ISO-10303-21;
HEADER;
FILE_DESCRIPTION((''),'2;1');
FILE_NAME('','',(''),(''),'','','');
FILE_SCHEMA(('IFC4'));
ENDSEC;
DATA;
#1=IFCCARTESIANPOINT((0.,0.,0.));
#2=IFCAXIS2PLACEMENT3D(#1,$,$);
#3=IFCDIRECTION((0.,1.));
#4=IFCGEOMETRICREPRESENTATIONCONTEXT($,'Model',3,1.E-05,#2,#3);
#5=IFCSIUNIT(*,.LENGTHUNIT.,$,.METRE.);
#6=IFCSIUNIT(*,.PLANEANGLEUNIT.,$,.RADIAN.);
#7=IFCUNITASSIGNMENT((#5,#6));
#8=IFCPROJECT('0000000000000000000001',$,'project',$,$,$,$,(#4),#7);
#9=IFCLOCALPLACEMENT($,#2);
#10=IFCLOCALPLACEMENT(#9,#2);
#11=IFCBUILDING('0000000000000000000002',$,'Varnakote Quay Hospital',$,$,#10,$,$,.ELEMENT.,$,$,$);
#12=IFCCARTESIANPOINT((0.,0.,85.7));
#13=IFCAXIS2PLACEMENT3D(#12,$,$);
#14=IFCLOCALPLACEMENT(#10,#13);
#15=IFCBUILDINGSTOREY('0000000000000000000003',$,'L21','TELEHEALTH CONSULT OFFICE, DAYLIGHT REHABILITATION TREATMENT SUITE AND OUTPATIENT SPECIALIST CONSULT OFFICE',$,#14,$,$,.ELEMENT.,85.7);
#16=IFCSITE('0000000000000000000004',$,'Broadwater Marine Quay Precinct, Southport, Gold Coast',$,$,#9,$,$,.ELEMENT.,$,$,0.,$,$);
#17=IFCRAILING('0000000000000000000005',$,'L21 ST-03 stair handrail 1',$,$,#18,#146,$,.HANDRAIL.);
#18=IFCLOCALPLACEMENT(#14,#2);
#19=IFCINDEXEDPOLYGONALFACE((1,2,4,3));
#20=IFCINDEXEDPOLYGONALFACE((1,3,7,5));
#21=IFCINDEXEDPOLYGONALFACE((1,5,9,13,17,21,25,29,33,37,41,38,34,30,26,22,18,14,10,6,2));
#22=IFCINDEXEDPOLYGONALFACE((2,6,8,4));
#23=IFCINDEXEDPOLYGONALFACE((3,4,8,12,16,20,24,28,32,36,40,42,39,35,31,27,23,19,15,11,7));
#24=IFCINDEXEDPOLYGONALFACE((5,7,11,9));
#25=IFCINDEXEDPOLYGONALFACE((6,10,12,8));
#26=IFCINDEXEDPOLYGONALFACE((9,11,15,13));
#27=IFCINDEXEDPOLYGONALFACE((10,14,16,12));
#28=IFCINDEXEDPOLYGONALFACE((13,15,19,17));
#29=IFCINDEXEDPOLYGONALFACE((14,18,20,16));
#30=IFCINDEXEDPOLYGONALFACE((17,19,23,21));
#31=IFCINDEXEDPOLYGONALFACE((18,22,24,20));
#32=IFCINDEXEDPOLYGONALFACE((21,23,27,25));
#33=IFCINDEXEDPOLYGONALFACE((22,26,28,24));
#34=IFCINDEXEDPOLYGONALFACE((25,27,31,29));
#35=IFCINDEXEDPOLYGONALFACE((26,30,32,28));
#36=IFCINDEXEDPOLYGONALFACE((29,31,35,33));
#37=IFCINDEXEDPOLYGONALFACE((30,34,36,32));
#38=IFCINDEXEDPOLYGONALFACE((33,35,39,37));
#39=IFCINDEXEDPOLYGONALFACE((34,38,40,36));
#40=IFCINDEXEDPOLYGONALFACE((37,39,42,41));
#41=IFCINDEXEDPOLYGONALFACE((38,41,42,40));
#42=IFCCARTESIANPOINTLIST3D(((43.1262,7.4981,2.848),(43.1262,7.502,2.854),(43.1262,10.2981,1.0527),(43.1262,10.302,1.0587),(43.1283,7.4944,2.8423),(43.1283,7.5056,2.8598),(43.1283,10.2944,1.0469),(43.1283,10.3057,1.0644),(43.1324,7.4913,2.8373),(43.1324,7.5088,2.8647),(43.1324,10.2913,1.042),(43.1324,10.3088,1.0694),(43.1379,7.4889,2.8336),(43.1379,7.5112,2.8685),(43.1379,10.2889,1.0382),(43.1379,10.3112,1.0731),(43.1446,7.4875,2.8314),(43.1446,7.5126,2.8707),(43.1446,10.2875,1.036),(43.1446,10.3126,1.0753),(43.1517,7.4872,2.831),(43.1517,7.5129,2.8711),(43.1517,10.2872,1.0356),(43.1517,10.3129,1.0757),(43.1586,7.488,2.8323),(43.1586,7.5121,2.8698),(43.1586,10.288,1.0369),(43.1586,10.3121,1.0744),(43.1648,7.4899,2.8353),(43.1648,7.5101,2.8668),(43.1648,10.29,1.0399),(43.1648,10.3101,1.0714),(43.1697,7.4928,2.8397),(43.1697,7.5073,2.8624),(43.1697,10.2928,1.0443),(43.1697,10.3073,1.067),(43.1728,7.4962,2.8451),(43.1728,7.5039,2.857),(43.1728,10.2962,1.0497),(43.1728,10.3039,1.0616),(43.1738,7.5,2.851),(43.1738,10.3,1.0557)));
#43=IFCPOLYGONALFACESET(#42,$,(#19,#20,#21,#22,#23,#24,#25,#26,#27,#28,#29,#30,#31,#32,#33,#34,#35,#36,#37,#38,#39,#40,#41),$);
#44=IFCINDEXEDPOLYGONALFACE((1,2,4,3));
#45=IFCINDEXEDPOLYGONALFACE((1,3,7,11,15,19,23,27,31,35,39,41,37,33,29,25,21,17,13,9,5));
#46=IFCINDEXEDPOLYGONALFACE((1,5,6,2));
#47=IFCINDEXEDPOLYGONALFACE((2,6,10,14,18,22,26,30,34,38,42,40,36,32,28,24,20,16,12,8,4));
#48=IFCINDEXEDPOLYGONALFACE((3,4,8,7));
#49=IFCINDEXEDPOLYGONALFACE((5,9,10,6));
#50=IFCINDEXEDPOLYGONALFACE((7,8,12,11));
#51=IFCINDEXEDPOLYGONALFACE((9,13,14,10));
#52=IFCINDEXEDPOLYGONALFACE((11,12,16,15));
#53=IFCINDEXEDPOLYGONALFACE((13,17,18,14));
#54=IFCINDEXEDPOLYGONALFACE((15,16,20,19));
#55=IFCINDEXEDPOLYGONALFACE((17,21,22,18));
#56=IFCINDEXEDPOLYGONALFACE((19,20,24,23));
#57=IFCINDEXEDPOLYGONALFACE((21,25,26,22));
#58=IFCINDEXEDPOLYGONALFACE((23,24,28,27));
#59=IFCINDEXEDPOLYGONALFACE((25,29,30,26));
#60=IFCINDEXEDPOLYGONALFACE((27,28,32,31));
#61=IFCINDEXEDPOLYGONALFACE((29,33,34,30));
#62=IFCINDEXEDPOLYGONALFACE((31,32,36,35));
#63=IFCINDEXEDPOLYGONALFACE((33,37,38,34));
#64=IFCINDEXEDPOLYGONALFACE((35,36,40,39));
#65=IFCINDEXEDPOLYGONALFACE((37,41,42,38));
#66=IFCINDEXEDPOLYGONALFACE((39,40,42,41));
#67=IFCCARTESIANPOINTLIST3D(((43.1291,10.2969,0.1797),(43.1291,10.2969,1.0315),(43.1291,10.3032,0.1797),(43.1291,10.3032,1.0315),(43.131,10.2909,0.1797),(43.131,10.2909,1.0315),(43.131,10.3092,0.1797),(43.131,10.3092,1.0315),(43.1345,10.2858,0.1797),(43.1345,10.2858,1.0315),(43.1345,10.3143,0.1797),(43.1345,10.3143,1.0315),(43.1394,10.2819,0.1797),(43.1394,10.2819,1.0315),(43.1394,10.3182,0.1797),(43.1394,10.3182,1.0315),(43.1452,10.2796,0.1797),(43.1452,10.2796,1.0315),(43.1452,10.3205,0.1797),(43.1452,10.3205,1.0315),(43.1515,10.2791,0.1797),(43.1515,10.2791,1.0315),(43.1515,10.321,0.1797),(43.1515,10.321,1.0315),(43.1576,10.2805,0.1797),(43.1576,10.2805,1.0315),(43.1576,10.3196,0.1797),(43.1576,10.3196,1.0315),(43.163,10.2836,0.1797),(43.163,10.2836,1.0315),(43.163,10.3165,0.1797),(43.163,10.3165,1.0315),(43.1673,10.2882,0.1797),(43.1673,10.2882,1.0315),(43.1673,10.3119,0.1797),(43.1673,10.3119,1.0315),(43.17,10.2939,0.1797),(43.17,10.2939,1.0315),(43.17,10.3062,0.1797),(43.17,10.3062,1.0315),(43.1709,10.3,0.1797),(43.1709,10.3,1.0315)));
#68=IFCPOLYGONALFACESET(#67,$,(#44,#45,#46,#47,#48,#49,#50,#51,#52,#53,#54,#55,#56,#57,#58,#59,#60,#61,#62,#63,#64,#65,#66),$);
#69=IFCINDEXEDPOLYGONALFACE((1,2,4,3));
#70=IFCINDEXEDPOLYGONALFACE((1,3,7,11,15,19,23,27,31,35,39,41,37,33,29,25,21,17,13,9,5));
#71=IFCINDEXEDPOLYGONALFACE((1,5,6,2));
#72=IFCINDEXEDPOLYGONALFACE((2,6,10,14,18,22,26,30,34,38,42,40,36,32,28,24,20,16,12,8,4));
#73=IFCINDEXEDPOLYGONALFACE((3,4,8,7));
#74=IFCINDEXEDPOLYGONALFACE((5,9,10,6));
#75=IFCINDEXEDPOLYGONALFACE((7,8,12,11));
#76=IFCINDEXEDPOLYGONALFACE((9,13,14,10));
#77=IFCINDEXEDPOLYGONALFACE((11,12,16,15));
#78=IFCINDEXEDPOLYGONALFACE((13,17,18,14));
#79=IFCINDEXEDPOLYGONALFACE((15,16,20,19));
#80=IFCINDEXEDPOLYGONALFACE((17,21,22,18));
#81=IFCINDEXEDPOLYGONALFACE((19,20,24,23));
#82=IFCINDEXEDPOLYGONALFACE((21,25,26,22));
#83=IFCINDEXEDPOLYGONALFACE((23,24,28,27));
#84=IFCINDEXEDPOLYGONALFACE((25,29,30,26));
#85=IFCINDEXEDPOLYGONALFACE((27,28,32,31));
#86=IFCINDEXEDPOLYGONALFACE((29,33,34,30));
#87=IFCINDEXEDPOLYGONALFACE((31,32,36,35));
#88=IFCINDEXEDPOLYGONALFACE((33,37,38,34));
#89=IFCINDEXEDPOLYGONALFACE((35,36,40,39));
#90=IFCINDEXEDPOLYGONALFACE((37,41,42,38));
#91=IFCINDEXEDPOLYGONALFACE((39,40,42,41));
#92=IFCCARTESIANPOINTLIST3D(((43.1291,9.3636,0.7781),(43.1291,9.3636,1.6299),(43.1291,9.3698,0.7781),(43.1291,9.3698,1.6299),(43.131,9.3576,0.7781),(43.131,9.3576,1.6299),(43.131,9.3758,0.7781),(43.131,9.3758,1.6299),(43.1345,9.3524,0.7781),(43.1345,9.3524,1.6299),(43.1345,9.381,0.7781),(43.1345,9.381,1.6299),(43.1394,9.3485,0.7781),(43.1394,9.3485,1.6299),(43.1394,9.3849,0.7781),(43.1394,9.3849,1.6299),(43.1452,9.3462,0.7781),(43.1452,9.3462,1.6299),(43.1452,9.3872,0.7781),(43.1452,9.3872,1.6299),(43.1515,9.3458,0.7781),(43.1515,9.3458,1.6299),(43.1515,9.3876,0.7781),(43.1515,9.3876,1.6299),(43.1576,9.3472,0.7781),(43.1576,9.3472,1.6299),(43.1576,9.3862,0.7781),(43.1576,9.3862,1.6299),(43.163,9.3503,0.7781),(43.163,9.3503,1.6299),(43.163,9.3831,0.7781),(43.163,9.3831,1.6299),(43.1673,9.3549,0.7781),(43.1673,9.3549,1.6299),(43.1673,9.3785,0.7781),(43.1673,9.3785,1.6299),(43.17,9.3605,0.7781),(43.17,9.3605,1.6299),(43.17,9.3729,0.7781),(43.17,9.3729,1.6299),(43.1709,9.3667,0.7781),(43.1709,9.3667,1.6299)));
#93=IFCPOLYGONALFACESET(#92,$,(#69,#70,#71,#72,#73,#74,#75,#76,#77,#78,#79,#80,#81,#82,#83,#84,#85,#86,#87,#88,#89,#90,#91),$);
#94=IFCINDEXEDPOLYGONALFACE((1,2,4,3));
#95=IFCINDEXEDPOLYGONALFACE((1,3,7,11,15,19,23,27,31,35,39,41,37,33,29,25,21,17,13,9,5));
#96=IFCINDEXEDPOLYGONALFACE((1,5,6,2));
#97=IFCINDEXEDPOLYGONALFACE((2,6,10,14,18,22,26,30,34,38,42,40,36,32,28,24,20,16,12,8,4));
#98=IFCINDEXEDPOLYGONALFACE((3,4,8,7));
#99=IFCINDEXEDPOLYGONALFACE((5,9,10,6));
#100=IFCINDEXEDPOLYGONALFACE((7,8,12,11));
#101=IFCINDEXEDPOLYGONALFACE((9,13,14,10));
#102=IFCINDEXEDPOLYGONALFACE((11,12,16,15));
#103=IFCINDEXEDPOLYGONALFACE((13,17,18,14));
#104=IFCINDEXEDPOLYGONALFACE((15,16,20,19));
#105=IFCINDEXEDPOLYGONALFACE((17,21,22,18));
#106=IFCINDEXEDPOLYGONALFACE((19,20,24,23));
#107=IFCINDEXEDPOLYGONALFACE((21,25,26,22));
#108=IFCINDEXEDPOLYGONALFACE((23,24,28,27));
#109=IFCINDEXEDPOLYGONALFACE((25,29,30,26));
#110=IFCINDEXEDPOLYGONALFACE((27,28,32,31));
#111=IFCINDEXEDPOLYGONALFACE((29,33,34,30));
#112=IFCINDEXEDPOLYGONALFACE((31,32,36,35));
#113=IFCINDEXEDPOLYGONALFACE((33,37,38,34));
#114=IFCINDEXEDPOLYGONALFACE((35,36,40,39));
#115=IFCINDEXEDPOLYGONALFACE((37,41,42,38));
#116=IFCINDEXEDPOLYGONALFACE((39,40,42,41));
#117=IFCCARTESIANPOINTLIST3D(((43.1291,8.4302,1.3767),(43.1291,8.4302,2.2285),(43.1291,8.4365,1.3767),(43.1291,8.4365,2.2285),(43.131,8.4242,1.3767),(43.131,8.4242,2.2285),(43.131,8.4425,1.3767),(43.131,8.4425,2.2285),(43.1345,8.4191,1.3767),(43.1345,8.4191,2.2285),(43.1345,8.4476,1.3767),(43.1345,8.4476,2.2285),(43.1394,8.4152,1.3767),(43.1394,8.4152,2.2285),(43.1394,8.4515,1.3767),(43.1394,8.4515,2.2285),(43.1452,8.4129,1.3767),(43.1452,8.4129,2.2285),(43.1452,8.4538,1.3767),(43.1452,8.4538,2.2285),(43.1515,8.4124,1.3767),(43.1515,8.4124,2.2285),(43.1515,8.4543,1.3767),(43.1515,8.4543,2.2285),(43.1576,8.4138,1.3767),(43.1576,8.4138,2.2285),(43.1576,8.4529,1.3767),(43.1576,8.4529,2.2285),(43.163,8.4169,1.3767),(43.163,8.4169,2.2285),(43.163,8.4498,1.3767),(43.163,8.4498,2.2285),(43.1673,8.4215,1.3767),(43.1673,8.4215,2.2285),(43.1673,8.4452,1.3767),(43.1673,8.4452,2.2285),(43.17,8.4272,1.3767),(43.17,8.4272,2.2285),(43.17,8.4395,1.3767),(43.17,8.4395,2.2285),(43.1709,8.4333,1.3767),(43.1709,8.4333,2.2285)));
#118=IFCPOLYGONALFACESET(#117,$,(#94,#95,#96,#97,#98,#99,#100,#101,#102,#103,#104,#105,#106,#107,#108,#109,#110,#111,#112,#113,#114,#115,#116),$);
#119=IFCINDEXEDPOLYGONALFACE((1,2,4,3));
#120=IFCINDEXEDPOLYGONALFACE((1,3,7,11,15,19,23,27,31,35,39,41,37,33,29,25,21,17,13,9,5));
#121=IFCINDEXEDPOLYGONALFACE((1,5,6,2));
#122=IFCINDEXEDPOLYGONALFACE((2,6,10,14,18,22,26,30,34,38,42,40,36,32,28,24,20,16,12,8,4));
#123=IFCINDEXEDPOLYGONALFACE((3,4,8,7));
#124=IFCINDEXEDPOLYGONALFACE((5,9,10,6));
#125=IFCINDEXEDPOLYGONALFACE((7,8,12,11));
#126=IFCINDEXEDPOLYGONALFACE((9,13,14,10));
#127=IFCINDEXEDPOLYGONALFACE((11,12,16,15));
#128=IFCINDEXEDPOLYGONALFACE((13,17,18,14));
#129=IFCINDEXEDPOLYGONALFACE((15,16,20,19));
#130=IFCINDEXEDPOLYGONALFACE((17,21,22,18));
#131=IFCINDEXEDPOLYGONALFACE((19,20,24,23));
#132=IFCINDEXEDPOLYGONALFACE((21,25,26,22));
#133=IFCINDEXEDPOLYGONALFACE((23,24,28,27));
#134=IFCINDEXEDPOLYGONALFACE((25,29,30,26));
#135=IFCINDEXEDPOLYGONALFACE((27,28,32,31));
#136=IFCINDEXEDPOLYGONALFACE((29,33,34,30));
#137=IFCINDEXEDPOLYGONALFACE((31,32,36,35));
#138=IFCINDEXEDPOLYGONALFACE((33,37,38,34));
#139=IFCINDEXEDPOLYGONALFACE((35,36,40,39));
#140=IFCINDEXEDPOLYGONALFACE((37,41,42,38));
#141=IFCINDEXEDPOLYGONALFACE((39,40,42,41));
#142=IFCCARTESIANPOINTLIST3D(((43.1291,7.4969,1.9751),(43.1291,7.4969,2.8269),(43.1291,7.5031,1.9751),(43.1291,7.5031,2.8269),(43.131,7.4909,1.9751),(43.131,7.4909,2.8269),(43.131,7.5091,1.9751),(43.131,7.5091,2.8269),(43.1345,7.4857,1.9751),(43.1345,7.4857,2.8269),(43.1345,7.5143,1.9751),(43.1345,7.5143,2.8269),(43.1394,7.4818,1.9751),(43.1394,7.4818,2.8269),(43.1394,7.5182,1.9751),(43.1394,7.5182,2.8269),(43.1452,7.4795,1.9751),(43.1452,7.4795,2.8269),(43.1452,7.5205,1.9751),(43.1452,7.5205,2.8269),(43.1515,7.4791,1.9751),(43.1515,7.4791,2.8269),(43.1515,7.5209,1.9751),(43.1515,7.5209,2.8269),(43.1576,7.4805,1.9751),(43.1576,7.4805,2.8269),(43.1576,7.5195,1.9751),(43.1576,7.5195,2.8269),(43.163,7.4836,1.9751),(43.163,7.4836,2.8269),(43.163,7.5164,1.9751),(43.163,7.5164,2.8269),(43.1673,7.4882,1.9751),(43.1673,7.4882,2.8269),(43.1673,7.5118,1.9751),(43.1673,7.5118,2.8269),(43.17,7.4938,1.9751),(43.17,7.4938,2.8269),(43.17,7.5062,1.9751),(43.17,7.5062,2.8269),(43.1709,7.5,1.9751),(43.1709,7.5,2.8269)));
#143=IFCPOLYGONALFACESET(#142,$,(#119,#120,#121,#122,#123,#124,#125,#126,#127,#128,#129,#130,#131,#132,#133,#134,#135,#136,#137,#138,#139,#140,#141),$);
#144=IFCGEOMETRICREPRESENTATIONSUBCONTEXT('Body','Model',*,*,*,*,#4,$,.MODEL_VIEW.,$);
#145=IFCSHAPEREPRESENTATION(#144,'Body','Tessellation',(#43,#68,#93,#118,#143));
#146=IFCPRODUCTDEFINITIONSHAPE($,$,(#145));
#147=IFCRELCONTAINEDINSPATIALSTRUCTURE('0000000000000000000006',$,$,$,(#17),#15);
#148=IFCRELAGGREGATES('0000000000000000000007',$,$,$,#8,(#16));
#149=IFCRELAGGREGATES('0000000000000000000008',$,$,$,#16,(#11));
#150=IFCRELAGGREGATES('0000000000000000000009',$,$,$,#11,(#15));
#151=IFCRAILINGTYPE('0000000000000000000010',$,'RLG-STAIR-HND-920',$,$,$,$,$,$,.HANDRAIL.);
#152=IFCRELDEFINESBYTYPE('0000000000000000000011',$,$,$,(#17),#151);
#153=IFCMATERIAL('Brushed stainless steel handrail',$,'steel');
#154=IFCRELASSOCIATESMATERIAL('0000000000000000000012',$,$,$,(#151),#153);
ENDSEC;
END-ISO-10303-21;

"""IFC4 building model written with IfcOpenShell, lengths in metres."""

from ifc_helpers import new_model, si_unit, direction, frame, origin, origin_2d, place, context, subcontext, project, spatial, circle, extrude, material, type_object, element, save


model = new_model("IFC4")

# Units and contexts
model_context = context("Model", 3, precision=1e-05, world=origin(), true_north=direction((0.0, 1.0)))
body_context = subcontext(model_context, "Body", "Model", "MODEL_VIEW")
ifc_project = project(units=[si_unit("LENGTHUNIT", "METRE"), si_unit("PLANEANGLEUNIT", "RADIAN")], contexts=[model_context])

# Site, building, storey
site_placement = place(None, origin())
site = spatial("IfcSite", under=ifc_project, at=site_placement, Name="Broadwater Marine Quay Precinct, Southport, Gold Coast", CompositionType="ELEMENT", RefElevation=0.0)
building_placement = place(site_placement, origin())
building = spatial("IfcBuilding", under=site, at=building_placement, Name="Varnakote Quay Hospital", CompositionType="ELEMENT")
storey_placement = place(building_placement, frame((0.0, 0.0, 85.7)))
storey = spatial("IfcBuildingStorey", under=building, at=storey_placement, Name="L21", Description="TELEHEALTH CONSULT OFFICE, DAYLIGHT REHABILITATION TREATMENT SUITE AND OUTPATIENT SPECIALIST CONSULT OFFICE", CompositionType="ELEMENT", Elevation=85.7)

# Railing
ifc_material_1 = material(Name="Brushed stainless steel handrail", Category="steel")
railing_type_1 = type_object("IfcRailingType", Name="RLG-STAIR-HND-920", PredefinedType="HANDRAIL", material=ifc_material_1)
railing_1_placement = place(storey_placement, frame((43.1499, 10.3, 0.1797)))
element("IfcRailing", 1, at=railing_1_placement, inside=storey, type_object=railing_type_1, Name="L21 ST-03 stair handrail 1", PredefinedType="HANDRAIL", context=body_context, shape_type="SweptSolid", body=[
    extrude(circle(Radius=0.0239, at=origin_2d()), frame((0.0, 0.0, 0.876), z_axis=(0.0, -0.84181, 0.539774), x_axis=(1.0, 0.0, 0.0)), (0.0, 0.0, 1.0), 3.3262),
    extrude(circle(Radius=0.021, at=origin_2d()), origin(), (0.0, 0.0, 1.0), 0.8518),
    extrude(circle(Radius=0.021, at=origin_2d()), frame((0.0, -0.9333, 0.5984)), (0.0, 0.0, 1.0), 0.8518),
    extrude(circle(Radius=0.021, at=origin_2d()), frame((0.0, -1.8667, 1.197)), (0.0, 0.0, 1.0), 0.8518),
    extrude(circle(Radius=0.021, at=origin_2d()), frame((0.0, -2.8, 1.7954)), (0.0, 0.0, 1.0), 0.8518),
])

save(model, "model.ifc")
